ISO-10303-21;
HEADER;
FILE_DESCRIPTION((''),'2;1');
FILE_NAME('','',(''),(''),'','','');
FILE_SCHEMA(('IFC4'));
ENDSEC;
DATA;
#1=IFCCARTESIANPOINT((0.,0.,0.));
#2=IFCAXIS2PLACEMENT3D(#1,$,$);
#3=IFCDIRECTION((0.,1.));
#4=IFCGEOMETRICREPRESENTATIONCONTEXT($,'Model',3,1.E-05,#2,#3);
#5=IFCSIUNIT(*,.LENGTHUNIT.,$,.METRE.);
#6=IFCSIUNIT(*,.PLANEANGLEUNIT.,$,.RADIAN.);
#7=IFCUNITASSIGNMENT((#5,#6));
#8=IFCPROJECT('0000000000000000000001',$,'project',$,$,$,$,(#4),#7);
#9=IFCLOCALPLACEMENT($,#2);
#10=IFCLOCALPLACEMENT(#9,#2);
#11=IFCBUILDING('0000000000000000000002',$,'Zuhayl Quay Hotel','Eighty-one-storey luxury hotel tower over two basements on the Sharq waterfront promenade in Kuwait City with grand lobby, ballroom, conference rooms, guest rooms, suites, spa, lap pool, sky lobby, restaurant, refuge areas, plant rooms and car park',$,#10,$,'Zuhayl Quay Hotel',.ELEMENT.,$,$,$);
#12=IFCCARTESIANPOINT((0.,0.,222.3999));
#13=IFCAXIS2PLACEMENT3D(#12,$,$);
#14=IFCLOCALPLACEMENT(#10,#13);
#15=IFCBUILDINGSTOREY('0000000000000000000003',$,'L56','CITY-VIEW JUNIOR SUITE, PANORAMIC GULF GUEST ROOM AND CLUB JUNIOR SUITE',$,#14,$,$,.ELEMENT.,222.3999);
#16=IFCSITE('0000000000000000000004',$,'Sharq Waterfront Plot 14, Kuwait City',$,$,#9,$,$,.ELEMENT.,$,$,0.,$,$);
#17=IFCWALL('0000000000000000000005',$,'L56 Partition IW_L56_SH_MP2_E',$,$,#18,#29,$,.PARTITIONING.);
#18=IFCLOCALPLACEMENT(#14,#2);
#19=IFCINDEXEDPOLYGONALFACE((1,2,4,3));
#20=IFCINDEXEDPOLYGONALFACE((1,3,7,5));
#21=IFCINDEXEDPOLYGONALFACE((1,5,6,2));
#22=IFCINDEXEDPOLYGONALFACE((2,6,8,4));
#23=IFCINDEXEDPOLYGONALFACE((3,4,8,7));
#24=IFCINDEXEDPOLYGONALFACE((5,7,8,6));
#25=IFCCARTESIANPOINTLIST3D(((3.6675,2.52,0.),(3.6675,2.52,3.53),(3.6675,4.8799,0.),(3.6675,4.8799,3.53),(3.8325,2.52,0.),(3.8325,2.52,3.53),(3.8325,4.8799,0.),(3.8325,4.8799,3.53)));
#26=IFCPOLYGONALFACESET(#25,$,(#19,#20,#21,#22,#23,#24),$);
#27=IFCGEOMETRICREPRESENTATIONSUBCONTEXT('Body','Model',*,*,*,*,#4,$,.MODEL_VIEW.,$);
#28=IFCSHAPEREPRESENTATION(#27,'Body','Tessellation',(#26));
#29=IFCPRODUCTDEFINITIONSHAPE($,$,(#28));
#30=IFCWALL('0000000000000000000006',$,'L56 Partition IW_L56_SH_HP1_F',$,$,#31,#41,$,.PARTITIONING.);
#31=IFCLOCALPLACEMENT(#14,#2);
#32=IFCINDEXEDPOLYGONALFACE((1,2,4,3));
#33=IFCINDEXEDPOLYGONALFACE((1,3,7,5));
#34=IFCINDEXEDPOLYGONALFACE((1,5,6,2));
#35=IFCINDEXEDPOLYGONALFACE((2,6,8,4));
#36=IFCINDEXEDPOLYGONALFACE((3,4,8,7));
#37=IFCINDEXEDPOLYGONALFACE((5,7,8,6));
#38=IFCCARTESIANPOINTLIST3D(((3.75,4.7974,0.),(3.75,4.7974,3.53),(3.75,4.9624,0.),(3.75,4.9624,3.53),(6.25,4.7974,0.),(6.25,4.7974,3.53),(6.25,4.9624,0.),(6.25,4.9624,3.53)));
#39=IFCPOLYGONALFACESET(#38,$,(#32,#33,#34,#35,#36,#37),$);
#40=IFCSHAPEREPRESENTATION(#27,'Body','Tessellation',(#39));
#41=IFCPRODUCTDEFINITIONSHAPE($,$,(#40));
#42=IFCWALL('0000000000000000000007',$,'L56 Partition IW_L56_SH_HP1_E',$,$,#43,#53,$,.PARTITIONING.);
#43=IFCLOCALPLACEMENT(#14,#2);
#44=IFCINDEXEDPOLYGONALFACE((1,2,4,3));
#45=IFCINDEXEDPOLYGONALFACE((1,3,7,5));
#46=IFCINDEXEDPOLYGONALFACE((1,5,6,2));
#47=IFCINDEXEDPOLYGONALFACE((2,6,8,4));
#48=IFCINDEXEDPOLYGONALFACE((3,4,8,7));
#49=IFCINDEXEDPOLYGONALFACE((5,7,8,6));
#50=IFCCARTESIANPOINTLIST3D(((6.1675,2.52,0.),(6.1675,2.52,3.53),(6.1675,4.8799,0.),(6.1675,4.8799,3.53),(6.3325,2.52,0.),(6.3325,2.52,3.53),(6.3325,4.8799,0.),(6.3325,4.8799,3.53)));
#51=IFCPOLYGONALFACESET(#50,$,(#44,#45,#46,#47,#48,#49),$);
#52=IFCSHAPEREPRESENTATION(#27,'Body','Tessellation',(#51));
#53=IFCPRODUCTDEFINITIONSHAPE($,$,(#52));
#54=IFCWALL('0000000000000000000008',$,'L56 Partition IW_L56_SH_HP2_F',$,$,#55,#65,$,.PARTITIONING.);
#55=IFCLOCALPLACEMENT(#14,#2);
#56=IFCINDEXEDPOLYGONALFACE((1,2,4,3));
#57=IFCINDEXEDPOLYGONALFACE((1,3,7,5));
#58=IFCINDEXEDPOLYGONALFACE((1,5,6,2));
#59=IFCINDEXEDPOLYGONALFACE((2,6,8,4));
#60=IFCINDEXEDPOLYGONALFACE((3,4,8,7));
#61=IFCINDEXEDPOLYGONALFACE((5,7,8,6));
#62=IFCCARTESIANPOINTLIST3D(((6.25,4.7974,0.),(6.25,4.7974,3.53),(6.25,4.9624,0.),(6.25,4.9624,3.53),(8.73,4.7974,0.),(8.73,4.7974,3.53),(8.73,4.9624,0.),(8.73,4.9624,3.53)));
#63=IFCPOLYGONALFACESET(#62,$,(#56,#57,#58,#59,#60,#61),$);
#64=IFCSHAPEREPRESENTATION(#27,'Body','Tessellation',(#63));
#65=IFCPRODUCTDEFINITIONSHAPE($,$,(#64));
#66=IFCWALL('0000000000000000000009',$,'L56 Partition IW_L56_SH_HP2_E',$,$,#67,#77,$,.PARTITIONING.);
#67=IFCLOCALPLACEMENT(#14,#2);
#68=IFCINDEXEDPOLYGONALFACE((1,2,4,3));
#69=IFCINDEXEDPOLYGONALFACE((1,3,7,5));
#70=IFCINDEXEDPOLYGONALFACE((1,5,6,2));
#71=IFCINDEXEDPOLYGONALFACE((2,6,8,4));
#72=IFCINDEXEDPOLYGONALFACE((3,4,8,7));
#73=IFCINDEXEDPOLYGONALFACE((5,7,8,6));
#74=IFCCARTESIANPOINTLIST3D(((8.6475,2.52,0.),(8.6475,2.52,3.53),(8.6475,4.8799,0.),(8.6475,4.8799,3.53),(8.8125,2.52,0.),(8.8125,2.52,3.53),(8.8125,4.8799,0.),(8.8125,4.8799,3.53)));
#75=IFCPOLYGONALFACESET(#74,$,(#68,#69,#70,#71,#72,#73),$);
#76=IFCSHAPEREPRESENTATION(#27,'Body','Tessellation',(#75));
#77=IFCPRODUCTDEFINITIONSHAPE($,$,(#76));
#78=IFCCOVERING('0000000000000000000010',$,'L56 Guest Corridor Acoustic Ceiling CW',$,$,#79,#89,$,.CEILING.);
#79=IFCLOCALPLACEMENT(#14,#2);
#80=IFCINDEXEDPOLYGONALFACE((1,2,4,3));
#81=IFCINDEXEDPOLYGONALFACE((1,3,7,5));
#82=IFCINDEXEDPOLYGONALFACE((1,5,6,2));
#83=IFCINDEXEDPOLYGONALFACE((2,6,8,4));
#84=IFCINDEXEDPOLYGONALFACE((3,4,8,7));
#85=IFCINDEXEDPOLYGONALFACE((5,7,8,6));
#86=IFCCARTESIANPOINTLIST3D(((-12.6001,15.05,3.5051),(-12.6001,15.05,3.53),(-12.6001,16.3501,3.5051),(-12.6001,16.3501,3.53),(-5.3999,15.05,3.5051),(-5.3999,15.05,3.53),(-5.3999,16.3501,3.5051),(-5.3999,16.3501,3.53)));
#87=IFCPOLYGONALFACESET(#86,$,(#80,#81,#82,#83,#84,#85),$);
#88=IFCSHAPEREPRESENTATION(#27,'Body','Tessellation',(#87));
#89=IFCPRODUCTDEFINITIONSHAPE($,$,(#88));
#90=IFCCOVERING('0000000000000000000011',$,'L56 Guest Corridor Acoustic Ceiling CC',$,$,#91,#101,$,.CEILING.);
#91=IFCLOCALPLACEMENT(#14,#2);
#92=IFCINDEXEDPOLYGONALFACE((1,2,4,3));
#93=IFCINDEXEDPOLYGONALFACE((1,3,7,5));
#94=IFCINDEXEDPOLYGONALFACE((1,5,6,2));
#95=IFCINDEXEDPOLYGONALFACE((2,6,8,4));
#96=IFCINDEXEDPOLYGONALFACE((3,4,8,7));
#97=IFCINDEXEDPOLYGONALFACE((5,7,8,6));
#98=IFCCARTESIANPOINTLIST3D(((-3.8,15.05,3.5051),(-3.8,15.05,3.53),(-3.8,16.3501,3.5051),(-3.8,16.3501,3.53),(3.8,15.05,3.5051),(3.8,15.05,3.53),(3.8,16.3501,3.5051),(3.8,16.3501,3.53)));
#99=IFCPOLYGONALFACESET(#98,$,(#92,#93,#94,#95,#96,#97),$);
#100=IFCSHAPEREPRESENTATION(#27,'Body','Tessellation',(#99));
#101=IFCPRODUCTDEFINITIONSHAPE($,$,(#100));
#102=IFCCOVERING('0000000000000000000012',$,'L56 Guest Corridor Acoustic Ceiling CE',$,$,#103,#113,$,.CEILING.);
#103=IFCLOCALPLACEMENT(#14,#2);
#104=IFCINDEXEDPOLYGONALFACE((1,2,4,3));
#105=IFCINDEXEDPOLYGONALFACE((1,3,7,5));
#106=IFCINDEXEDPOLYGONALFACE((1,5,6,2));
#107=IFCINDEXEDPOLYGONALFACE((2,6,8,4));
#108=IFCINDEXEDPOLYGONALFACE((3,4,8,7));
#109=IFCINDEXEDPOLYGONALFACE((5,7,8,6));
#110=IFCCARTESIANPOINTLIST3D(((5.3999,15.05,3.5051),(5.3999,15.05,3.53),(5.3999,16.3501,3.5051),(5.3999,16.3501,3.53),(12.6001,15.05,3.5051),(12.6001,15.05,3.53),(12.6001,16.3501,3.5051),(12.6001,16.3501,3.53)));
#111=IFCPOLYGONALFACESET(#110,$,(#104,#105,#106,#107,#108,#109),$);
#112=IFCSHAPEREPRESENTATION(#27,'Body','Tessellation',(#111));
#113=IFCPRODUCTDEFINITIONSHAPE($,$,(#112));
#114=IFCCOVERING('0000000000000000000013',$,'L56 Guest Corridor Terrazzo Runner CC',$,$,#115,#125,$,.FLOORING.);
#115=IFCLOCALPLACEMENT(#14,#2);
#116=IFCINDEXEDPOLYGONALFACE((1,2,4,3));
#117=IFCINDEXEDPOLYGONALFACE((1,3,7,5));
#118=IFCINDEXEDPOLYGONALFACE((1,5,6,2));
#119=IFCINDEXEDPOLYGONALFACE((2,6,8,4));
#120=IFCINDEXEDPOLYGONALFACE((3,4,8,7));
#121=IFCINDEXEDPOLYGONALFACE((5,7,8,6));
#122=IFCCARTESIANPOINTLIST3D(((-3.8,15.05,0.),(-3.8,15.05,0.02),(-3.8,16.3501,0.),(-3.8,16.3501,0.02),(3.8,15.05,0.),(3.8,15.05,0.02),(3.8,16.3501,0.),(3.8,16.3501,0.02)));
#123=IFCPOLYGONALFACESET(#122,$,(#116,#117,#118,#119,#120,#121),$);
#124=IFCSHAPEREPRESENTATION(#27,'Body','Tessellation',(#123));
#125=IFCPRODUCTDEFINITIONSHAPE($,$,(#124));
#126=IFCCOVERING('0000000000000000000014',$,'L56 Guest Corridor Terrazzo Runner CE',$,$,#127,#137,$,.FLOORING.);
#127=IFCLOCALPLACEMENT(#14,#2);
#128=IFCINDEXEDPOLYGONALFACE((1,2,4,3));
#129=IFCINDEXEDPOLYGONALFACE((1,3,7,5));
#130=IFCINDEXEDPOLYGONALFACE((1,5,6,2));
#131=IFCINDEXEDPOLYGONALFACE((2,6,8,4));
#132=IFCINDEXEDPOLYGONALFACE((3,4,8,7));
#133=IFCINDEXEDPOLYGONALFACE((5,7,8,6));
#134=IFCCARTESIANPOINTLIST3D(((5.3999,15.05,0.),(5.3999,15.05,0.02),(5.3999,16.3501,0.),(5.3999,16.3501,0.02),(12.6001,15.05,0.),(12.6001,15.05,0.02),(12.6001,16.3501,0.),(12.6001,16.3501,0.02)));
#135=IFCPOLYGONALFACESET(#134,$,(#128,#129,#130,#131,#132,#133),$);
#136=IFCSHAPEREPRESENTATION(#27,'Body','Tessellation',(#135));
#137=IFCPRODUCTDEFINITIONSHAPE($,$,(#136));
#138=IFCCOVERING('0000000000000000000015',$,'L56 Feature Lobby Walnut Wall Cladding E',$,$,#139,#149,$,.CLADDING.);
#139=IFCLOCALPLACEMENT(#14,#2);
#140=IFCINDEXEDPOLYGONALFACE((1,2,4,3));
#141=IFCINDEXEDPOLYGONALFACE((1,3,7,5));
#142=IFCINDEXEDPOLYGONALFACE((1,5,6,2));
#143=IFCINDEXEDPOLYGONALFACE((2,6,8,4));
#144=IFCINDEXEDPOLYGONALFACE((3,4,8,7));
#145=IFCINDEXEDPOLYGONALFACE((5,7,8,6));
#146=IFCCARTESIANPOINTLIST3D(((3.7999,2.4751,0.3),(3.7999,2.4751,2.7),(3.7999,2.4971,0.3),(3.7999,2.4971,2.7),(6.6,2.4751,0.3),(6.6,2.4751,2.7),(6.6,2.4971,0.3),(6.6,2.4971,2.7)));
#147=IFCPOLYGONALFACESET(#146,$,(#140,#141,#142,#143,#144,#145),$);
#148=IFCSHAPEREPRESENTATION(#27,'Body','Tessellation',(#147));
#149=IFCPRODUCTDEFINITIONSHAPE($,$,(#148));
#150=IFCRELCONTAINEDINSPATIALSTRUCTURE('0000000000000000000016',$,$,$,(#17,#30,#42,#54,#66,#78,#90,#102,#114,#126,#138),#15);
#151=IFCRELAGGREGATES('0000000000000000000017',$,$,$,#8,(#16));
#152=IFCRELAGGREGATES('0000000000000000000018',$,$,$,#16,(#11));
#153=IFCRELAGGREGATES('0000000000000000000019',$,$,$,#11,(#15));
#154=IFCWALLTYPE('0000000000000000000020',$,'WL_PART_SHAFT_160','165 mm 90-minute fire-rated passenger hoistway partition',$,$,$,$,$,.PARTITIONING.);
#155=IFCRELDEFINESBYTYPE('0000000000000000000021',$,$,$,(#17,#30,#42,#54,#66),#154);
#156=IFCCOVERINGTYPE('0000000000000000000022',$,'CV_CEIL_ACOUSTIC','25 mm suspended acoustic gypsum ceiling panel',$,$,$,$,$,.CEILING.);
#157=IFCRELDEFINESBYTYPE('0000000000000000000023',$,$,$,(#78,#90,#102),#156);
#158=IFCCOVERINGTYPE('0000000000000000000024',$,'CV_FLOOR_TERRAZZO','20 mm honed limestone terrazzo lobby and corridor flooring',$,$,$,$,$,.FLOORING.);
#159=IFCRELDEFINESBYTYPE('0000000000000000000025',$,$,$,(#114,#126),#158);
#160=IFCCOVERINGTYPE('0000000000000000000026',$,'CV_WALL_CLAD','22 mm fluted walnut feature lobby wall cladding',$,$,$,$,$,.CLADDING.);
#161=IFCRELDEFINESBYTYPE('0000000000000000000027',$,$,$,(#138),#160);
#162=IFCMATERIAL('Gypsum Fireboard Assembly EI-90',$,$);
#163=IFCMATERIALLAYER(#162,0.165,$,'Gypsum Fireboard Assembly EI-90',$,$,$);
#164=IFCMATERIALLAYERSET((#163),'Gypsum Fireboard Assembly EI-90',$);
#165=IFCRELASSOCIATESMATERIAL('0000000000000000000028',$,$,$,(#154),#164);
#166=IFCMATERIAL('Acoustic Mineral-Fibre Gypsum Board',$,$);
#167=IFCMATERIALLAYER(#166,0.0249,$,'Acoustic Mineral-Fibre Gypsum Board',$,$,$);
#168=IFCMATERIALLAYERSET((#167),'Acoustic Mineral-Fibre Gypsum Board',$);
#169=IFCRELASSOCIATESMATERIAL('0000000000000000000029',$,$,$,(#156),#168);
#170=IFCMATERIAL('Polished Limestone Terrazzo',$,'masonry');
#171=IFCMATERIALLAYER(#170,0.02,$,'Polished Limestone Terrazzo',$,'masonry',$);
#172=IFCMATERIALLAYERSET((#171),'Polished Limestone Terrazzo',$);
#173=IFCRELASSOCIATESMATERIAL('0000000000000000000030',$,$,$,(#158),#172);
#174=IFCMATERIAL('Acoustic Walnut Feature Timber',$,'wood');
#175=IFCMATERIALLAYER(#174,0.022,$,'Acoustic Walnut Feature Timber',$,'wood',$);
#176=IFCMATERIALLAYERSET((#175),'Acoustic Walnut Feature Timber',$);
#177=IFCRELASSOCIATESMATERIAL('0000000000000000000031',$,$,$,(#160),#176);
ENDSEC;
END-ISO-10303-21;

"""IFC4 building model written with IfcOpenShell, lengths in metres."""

from ifc_helpers import new_model, si_unit, direction, frame, frame_2d, origin, origin_2d, place, context, subcontext, project, spatial, polyline, rectangle, outline, extrude, material, layer, layer_set, type_object, element, save


model = new_model("IFC4")

# Units and contexts
model_context = context("Model", 3, precision=1e-05, world=origin(), true_north=direction((0.0, 1.0)))
body_context = subcontext(model_context, "Body", "Model", "MODEL_VIEW")
ifc_project = project(units=[si_unit("LENGTHUNIT", "METRE"), si_unit("PLANEANGLEUNIT", "RADIAN")], contexts=[model_context])

# Site, building, storey
site_placement = place(None, origin())
site = spatial("IfcSite", under=ifc_project, at=site_placement, Name="Sharq Waterfront Plot 14, Kuwait City", CompositionType="ELEMENT", RefElevation=0.0)
building_placement = place(site_placement, origin())
building = spatial("IfcBuilding", under=site, at=building_placement, Name="Zuhayl Quay Hotel", Description="Eighty-one-storey luxury hotel tower over two basements on the Sharq waterfront promenade in Kuwait City with grand lobby, ballroom, conference rooms, guest rooms, suites, spa, lap pool, sky lobby, restaurant, refuge areas, plant rooms and car park", LongName="Zuhayl Quay Hotel", CompositionType="ELEMENT")
storey_placement = place(building_placement, frame((0.0, 0.0, 222.3999)))
storey = spatial("IfcBuildingStorey", under=building, at=storey_placement, Name="L56", Description="CITY-VIEW JUNIOR SUITE, PANORAMIC GULF GUEST ROOM AND CLUB JUNIOR SUITE", CompositionType="ELEMENT", Elevation=222.3999)

# Shared definitions
ifc_material_1 = material(Name="Gypsum Fireboard Assembly EI-90")
ifc_layer_1 = layer(ifc_material_1, 0.165, Name="Gypsum Fireboard Assembly EI-90")
ifc_layer_set_1 = layer_set([ifc_layer_1], Name="Gypsum Fireboard Assembly EI-90")
wall_type_1 = type_object("IfcWallType", Name="WL_PART_SHAFT_160", Description="165 mm 90-minute fire-rated passenger hoistway partition", PredefinedType="PARTITIONING", material=ifc_layer_set_1)

# Walls
for number, where, z_axis, x_axis, name in (
    (1, (3.75, 2.52, 0.0), (0.0, 0.0, 1.0), (0.0, 1.0, 0.0), "L56 Partition IW_L56_SH_MP2_E"),
):
    element("IfcWall", number, at=place(storey_placement, frame(where, z_axis=z_axis, x_axis=x_axis)), inside=storey, type_object=wall_type_1, Name=name, PredefinedType="PARTITIONING", context=body_context, shape_type="SweptSolid", body=[
        extrude(rectangle(XDim=2.3599, YDim=0.165, at=frame_2d((1.1799, 0.0))), origin(), (0.0, 0.0, 1.0), 3.53),
    ])
wall_1_placement = place(storey_placement, frame((3.75, 4.8799, 0.0), z_axis=(0.0, 0.0, 1.0), x_axis=(1.0, 0.0, 0.0)))
element("IfcWall", 2, at=wall_1_placement, inside=storey, type_object=wall_type_1, Name="L56 Partition IW_L56_SH_HP1_F", PredefinedType="PARTITIONING", context=body_context, shape_type="SweptSolid", body=[
    extrude(rectangle(XDim=2.5, YDim=0.165, at=frame_2d((1.25, 0.0))), origin(), (0.0, 0.0, 1.0), 3.53),
])
wall_2_placement = place(storey_placement, frame((6.25, 2.52, 0.0), z_axis=(0.0, 0.0, 1.0), x_axis=(0.0, 1.0, 0.0)))
element("IfcWall", 3, at=wall_2_placement, inside=storey, type_object=wall_type_1, Name="L56 Partition IW_L56_SH_HP1_E", PredefinedType="PARTITIONING", context=body_context, shape_type="SweptSolid", body=[
    extrude(rectangle(XDim=2.3599, YDim=0.165, at=frame_2d((1.1799, 0.0))), origin(), (0.0, 0.0, 1.0), 3.53),
])
wall_3_placement = place(storey_placement, frame((6.25, 4.8799, 0.0), z_axis=(0.0, 0.0, 1.0), x_axis=(1.0, 0.0, 0.0)))
element("IfcWall", 4, at=wall_3_placement, inside=storey, type_object=wall_type_1, Name="L56 Partition IW_L56_SH_HP2_F", PredefinedType="PARTITIONING", context=body_context, shape_type="SweptSolid", body=[
    extrude(rectangle(XDim=2.48, YDim=0.165, at=frame_2d((1.24, 0.0))), origin(), (0.0, 0.0, 1.0), 3.53),
])
wall_4_placement = place(storey_placement, frame((8.73, 2.52, 0.0), z_axis=(0.0, 0.0, 1.0), x_axis=(0.0, 1.0, 0.0)))
element("IfcWall", 5, at=wall_4_placement, inside=storey, type_object=wall_type_1, Name="L56 Partition IW_L56_SH_HP2_E", PredefinedType="PARTITIONING", context=body_context, shape_type="SweptSolid", body=[
    extrude(rectangle(XDim=2.3599, YDim=0.165, at=frame_2d((1.1799, 0.0))), origin(), (0.0, 0.0, 1.0), 3.53),
])

# Coverings
ifc_material_2 = material(Name="Acoustic Mineral-Fibre Gypsum Board")
ifc_layer_2 = layer(ifc_material_2, 0.0249, Name="Acoustic Mineral-Fibre Gypsum Board")
ifc_layer_set_2 = layer_set([ifc_layer_2], Name="Acoustic Mineral-Fibre Gypsum Board")
covering_type_1 = type_object("IfcCoveringType", Name="CV_CEIL_ACOUSTIC", Description="25 mm suspended acoustic gypsum ceiling panel", PredefinedType="CEILING", material=ifc_layer_set_2)
covering_1_placement = place(storey_placement, frame((0.0, 0.0, 3.5051)))
element("IfcCovering", 6, at=covering_1_placement, inside=storey, type_object=covering_type_1, Name="L56 Guest Corridor Acoustic Ceiling CW", PredefinedType="CEILING", context=body_context, shape_type="SweptSolid", body=[
    extrude(outline(polyline([(-12.6001, 15.05), (-5.3999, 15.05), (-5.3999, 16.3501), (-12.6001, 16.3501), (-12.6001, 15.05)])), origin(), (0.0, 0.0, 1.0), 0.0249),
])
covering_2_placement = place(storey_placement, frame((0.0, 0.0, 3.5051)))
element("IfcCovering", 7, at=covering_2_placement, inside=storey, type_object=covering_type_1, Name="L56 Guest Corridor Acoustic Ceiling CC", PredefinedType="CEILING", context=body_context, shape_type="SweptSolid", body=[
    extrude(outline(polyline([(-3.8, 15.05), (3.8, 15.05), (3.8, 16.3501), (-3.8, 16.3501), (-3.8, 15.05)])), origin(), (0.0, 0.0, 1.0), 0.0249),
])
covering_3_placement = place(storey_placement, frame((0.0, 0.0, 3.5051)))
element("IfcCovering", 8, at=covering_3_placement, inside=storey, type_object=covering_type_1, Name="L56 Guest Corridor Acoustic Ceiling CE", PredefinedType="CEILING", context=body_context, shape_type="SweptSolid", body=[
    extrude(outline(polyline([(5.3999, 15.05), (12.6001, 15.05), (12.6001, 16.3501), (5.3999, 16.3501), (5.3999, 15.05)])), origin(), (0.0, 0.0, 1.0), 0.0249),
])
ifc_material_3 = material(Name="Polished Limestone Terrazzo", Category="masonry")
ifc_layer_3 = layer(ifc_material_3, 0.02, Name="Polished Limestone Terrazzo", Category="masonry")
ifc_layer_set_3 = layer_set([ifc_layer_3], Name="Polished Limestone Terrazzo")
covering_type_2 = type_object("IfcCoveringType", Name="CV_FLOOR_TERRAZZO", Description="20 mm honed limestone terrazzo lobby and corridor flooring", PredefinedType="FLOORING", material=ifc_layer_set_3)
covering_4_placement = place(storey_placement, origin())
element("IfcCovering", 9, at=covering_4_placement, inside=storey, type_object=covering_type_2, Name="L56 Guest Corridor Terrazzo Runner CC", PredefinedType="FLOORING", context=body_context, shape_type="SweptSolid", body=[
    extrude(outline(polyline([(-3.8, 15.05), (3.8, 15.05), (3.8, 16.3501), (-3.8, 16.3501), (-3.8, 15.05)])), origin(), (0.0, 0.0, 1.0), 0.02),
])
covering_5_placement = place(storey_placement, origin())
element("IfcCovering", 10, at=covering_5_placement, inside=storey, type_object=covering_type_2, Name="L56 Guest Corridor Terrazzo Runner CE", PredefinedType="FLOORING", context=body_context, shape_type="SweptSolid", body=[
    extrude(outline(polyline([(5.3999, 15.05), (12.6001, 15.05), (12.6001, 16.3501), (5.3999, 16.3501), (5.3999, 15.05)])), origin(), (0.0, 0.0, 1.0), 0.02),
])
ifc_material_4 = material(Name="Acoustic Walnut Feature Timber", Category="wood")
ifc_layer_4 = layer(ifc_material_4, 0.022, Name="Acoustic Walnut Feature Timber", Category="wood")
ifc_layer_set_4 = layer_set([ifc_layer_4], Name="Acoustic Walnut Feature Timber")
covering_type_3 = type_object("IfcCoveringType", Name="CV_WALL_CLAD", Description="22 mm fluted walnut feature lobby wall cladding", PredefinedType="CLADDING", material=ifc_layer_set_4)
covering_6_placement = place(storey_placement, frame((5.2, 2.4861, 0.3), z_axis=(0.0, 0.0, 1.0), x_axis=(1.0, 0.0, 0.0)))
element("IfcCovering", 11, at=covering_6_placement, inside=storey, type_object=covering_type_3, Name="L56 Feature Lobby Walnut Wall Cladding E", PredefinedType="CLADDING", context=body_context, shape_type="SweptSolid", body=[
    extrude(rectangle(XDim=2.8, YDim=0.022, at=origin_2d()), origin(), (0.0, 0.0, 1.0), 2.3999),
])

save(model, "model.ifc")
